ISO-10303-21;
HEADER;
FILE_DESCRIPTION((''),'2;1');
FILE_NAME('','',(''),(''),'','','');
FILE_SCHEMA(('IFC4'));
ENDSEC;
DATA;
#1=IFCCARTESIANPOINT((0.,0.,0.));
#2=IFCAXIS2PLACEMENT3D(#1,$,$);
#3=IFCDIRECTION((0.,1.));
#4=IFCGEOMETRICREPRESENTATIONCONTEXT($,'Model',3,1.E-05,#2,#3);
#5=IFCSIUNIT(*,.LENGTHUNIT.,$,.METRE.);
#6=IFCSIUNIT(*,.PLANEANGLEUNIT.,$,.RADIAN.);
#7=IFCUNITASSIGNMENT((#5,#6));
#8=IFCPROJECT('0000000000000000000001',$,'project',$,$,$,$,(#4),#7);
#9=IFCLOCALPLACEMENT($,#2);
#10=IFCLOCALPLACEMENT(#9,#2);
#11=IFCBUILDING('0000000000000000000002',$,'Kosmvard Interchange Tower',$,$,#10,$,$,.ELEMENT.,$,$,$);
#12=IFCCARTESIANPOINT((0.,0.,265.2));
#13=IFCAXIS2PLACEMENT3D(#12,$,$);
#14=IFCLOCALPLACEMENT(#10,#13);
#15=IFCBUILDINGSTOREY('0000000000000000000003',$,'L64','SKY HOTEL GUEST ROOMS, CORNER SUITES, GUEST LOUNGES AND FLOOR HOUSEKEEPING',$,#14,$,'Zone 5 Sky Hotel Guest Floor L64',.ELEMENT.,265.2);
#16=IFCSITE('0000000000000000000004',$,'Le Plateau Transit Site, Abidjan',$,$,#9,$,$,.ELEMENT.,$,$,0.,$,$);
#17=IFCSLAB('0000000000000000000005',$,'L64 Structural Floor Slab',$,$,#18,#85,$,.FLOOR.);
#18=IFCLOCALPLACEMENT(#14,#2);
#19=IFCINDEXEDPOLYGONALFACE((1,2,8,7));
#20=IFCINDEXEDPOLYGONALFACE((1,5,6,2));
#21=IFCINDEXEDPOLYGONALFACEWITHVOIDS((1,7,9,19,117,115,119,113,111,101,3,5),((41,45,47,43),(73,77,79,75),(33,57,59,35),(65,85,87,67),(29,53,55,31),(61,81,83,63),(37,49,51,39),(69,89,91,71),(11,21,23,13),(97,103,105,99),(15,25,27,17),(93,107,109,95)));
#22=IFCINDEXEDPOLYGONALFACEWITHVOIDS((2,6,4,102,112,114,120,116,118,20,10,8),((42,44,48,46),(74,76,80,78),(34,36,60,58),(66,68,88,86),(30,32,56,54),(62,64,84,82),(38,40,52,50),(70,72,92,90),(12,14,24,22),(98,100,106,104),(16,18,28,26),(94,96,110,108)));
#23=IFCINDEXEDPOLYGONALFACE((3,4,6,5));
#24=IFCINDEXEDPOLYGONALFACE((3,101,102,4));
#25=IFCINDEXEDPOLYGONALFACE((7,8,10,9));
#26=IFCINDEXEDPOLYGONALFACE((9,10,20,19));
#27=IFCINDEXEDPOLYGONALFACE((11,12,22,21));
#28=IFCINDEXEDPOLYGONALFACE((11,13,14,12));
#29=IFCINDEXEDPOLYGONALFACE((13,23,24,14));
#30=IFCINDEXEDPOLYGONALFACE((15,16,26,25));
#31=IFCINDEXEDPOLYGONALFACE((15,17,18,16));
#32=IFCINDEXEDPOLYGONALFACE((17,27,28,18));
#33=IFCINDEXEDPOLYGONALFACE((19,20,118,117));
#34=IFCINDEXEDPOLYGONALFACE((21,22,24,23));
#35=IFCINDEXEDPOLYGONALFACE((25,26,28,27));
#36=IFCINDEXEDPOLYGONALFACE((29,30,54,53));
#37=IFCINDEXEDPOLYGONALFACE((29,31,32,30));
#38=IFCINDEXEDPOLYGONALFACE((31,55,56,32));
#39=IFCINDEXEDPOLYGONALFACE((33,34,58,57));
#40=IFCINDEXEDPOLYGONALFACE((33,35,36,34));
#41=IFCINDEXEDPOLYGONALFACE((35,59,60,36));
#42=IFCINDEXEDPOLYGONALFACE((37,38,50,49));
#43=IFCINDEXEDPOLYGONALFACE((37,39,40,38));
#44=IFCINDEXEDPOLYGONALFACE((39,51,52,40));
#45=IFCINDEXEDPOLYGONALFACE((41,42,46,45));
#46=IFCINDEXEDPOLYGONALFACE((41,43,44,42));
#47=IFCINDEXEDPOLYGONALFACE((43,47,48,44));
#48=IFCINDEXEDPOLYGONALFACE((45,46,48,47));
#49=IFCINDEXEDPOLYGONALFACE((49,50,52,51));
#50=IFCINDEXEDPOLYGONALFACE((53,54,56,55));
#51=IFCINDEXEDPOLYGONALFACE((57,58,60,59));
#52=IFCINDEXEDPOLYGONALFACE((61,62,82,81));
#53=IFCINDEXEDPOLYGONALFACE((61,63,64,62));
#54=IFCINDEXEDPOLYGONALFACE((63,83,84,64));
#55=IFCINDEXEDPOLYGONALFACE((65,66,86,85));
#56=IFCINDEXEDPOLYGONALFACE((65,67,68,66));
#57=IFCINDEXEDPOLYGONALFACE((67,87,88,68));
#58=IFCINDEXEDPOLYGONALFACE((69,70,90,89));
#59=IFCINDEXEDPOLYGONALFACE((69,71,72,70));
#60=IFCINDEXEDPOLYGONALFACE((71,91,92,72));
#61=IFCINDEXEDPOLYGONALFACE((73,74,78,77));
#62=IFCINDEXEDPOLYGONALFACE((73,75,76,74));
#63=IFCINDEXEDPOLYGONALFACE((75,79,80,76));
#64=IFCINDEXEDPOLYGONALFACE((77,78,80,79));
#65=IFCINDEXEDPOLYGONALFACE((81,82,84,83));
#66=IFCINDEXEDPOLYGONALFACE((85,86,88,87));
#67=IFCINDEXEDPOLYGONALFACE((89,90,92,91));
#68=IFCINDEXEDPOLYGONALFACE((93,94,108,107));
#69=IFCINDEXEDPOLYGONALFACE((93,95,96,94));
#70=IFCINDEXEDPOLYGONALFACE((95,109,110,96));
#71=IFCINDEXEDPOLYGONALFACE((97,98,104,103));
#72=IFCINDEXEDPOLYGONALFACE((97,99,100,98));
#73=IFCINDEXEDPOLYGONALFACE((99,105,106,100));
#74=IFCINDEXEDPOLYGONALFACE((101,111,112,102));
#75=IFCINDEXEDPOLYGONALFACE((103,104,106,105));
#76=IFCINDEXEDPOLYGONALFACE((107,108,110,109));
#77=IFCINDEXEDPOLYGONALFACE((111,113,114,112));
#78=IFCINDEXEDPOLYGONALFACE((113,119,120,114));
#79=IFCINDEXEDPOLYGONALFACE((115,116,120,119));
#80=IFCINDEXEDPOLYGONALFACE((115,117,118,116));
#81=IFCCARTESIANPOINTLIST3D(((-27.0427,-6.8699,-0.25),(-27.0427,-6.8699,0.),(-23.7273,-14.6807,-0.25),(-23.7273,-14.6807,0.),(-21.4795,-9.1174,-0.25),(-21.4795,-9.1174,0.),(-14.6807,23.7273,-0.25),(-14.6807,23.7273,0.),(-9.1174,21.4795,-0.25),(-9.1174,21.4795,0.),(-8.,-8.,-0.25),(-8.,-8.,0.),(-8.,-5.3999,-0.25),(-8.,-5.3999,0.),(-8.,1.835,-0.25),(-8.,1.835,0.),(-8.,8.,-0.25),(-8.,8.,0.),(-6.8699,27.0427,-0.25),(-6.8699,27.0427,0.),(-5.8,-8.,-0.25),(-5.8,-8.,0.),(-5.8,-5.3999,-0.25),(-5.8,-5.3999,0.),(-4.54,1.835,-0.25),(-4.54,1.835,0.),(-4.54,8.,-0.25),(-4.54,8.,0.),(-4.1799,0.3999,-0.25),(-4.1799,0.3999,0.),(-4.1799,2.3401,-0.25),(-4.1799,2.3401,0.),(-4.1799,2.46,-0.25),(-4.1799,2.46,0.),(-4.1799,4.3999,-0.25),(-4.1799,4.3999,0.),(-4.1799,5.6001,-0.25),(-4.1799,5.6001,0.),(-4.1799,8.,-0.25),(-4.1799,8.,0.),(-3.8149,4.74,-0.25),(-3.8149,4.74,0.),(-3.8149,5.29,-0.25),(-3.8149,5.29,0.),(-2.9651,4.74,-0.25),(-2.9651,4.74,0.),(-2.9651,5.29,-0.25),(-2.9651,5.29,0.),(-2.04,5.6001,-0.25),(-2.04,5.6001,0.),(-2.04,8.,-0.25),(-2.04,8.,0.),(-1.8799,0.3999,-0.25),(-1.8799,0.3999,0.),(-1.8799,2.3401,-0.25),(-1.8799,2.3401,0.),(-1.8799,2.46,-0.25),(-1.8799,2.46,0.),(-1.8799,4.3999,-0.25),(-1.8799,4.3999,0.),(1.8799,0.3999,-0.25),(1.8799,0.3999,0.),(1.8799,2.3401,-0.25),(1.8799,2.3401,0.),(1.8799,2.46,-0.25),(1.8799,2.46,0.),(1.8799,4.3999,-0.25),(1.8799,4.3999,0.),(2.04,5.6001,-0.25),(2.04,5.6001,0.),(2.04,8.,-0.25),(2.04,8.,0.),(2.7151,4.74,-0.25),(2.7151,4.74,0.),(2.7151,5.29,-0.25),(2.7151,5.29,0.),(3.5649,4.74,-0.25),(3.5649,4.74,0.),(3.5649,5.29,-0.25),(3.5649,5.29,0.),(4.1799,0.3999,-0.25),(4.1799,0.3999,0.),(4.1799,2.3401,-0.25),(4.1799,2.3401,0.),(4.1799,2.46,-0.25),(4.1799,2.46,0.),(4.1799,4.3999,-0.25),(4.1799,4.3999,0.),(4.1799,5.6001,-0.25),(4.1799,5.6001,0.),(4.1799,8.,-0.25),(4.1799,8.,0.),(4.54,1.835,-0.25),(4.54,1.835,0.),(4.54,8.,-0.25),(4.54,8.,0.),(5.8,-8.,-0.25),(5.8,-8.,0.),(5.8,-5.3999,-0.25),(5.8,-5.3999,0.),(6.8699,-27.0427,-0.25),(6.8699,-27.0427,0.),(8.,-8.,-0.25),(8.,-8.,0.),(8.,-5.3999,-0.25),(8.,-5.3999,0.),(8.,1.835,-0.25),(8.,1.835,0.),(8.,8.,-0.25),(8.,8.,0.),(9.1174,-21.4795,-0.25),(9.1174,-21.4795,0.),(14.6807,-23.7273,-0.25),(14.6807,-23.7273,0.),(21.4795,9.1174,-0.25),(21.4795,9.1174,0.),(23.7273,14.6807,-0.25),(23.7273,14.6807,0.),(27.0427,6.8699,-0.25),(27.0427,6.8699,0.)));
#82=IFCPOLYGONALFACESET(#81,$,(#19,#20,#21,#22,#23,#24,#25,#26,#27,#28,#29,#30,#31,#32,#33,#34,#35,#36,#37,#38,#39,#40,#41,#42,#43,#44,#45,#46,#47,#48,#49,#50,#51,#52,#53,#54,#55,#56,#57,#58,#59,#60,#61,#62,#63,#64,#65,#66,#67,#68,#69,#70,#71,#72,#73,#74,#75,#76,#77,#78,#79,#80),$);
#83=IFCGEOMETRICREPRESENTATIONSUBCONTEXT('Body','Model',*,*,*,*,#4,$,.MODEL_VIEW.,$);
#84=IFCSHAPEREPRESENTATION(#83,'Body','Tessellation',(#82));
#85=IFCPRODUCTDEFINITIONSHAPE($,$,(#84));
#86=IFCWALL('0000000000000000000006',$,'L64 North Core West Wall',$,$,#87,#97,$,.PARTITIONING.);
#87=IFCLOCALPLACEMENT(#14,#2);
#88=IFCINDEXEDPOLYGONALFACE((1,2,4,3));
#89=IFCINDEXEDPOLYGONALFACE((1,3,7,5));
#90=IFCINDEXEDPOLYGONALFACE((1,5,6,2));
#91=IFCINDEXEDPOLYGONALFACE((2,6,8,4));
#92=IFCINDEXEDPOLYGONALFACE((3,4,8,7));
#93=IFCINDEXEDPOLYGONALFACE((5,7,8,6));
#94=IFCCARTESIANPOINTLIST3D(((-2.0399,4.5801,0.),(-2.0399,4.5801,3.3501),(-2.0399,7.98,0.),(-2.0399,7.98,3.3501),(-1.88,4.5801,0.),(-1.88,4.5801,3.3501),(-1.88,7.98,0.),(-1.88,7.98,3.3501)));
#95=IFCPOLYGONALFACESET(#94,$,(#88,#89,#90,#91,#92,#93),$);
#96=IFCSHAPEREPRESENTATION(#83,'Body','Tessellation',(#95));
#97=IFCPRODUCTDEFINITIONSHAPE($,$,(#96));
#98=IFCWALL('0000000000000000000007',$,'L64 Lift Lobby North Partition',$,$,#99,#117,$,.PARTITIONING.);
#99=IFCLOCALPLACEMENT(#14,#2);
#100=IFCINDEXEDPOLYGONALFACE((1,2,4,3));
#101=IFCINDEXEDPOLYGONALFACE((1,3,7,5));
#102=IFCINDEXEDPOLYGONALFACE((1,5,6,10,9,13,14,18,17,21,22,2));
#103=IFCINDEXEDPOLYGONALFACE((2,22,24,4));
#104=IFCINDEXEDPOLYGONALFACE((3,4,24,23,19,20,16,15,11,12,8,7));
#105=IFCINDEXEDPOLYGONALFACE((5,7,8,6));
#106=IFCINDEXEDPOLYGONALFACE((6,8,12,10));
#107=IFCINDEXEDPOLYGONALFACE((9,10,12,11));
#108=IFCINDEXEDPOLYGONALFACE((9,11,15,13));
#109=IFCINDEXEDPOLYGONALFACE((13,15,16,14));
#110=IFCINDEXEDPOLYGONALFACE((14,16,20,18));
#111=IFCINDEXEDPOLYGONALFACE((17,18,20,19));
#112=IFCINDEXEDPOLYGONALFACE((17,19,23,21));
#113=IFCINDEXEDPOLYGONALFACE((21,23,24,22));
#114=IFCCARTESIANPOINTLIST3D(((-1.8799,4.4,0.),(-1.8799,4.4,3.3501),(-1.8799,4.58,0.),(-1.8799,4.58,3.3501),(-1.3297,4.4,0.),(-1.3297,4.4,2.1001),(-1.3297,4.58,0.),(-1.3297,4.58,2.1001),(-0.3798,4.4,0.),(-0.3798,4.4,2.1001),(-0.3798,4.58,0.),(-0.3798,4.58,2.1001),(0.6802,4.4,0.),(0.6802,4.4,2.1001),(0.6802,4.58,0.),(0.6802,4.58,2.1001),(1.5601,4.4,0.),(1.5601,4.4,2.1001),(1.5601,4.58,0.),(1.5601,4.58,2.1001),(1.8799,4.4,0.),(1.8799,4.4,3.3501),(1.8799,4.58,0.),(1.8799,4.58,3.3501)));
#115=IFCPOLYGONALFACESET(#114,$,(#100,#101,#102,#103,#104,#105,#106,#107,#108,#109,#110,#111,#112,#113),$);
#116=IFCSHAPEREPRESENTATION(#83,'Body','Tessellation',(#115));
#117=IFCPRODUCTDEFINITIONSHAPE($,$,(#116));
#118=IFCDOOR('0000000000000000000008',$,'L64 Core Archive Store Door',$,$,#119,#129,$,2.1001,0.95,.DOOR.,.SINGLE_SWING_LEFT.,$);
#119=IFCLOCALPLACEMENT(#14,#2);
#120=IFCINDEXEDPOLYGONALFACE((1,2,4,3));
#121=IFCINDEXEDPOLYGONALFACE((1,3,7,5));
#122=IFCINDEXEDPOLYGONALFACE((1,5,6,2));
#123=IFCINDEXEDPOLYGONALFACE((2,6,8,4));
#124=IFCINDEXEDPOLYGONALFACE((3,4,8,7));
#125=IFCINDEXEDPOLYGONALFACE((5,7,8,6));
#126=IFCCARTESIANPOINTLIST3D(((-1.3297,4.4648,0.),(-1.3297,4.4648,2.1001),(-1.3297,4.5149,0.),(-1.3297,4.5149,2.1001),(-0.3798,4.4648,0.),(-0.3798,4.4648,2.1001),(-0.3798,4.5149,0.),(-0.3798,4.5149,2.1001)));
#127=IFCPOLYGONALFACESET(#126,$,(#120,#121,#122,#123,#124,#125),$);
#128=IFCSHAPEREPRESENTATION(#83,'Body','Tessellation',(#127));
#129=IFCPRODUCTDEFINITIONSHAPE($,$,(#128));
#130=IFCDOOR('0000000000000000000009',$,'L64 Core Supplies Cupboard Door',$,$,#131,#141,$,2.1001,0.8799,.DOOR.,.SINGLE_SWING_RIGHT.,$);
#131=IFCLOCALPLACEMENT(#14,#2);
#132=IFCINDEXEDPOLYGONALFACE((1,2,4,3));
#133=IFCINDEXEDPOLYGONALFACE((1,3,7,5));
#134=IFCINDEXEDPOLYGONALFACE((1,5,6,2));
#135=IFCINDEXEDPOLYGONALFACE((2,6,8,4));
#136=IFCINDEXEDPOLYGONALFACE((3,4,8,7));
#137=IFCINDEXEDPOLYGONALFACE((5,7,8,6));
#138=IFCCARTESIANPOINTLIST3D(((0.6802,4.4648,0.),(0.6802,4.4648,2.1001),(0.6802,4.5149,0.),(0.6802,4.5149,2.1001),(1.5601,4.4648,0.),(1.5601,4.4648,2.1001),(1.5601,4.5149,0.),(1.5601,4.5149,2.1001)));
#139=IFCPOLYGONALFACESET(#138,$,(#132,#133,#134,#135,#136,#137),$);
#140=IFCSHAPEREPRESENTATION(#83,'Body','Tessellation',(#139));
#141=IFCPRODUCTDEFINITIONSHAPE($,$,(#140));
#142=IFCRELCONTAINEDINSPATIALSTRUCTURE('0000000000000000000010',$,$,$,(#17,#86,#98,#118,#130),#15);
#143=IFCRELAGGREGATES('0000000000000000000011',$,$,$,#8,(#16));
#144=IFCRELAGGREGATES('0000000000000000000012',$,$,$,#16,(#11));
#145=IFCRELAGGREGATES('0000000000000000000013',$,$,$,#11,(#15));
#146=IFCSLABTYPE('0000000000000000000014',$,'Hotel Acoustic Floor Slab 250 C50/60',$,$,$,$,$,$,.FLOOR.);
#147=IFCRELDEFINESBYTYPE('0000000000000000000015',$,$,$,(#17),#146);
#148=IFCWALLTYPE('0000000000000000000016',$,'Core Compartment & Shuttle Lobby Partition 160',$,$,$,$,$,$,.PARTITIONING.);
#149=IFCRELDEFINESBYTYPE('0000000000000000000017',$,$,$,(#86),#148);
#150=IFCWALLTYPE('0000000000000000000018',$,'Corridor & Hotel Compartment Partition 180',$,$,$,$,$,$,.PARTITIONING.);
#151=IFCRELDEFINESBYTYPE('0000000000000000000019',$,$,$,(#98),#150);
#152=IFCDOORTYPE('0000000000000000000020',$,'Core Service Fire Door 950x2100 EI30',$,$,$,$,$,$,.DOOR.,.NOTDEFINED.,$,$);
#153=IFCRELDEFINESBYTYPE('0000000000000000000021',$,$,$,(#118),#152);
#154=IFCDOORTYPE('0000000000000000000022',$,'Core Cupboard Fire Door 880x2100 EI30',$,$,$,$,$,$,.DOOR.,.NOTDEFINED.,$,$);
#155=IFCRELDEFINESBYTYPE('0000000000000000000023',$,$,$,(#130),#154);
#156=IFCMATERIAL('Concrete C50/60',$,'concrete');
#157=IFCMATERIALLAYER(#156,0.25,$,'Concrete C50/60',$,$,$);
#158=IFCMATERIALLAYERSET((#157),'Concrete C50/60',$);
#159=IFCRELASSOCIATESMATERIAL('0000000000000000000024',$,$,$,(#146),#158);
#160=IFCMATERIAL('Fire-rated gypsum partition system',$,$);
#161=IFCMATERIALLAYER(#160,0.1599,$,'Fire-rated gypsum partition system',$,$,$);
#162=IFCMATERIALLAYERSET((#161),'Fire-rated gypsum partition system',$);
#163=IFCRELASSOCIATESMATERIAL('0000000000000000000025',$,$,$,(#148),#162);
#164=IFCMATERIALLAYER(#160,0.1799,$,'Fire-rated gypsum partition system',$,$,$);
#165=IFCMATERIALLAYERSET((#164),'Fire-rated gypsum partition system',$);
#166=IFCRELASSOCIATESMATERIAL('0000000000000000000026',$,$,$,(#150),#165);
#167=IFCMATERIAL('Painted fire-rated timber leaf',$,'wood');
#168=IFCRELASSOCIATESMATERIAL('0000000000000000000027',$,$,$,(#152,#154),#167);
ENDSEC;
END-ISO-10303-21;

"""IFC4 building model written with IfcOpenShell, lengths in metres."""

from ifc_helpers import new_model, si_unit, direction, frame, frame_2d, origin, place, context, subcontext, project, spatial, polyline, rectangle, outline, extrude, source, transform, mapped, material, layer, layer_set, type_object, element, fill, save


model = new_model("IFC4")

# Units and contexts
model_context = context("Model", 3, precision=1e-05, world=origin(), true_north=direction((0.0, 1.0)))
body_context = subcontext(model_context, "Body", "Model", "MODEL_VIEW")
ifc_project = project(units=[si_unit("LENGTHUNIT", "METRE"), si_unit("PLANEANGLEUNIT", "RADIAN")], contexts=[model_context])

# Site, building, storey
site_placement = place(None, origin())
site = spatial("IfcSite", under=ifc_project, at=site_placement, Name="Le Plateau Transit Site, Abidjan", CompositionType="ELEMENT", RefElevation=0.0)
building_placement = place(site_placement, origin())
building = spatial("IfcBuilding", under=site, at=building_placement, Name="Kosmvard Interchange Tower", CompositionType="ELEMENT")
storey_placement = place(building_placement, frame((0.0, 0.0, 265.2)))
storey = spatial("IfcBuildingStorey", under=building, at=storey_placement, Name="L64", Description="SKY HOTEL GUEST ROOMS, CORNER SUITES, GUEST LOUNGES AND FLOOR HOUSEKEEPING", LongName="Zone 5 Sky Hotel Guest Floor L64", CompositionType="ELEMENT", Elevation=265.2)

# Shared definitions
ifc_material_1 = material(Name="Concrete C50/60", Category="concrete")

# Slab
ifc_layer_1 = layer(ifc_material_1, 0.25, Name="Concrete C50/60")
ifc_layer_set_1 = layer_set([ifc_layer_1], Name="Concrete C50/60")
slab_type = type_object("IfcSlabType", Name="Hotel Acoustic Floor Slab 250 C50/60", PredefinedType="FLOOR", material=ifc_layer_set_1)
slab_placement = place(storey_placement, frame((0.0, 0.0, -0.25)))
element("IfcSlab", 1, at=slab_placement, inside=storey, type_object=slab_type, Name="L64 Structural Floor Slab", PredefinedType="FLOOR", context=body_context, shape_type="SweptSolid", body=[
    extrude(outline(polyline([(14.6807, -23.7273), (27.0427, 6.8699), (21.4795, 9.1174), (23.7273, 14.6807), (-6.8699, 27.0427), (-9.1174, 21.4795), (-14.6807, 23.7273), (-27.0427, -6.8699), (-21.4795, -9.1174), (-23.7273, -14.6807), (6.8699, -27.0427), (9.1174, -21.4795), (14.6807, -23.7273)]), holes=[polyline([(-8.0, 1.835), (-4.54, 1.835), (-4.54, 8.0), (-8.0, 8.0), (-8.0, 1.835)]), polyline([(4.54, 1.835), (8.0, 1.835), (8.0, 8.0), (4.54, 8.0), (4.54, 1.835)]), polyline([(-8.0, -8.0), (-5.8, -8.0), (-5.8, -5.3999), (-8.0, -5.3999), (-8.0, -8.0)]), polyline([(5.8, -8.0), (8.0, -8.0), (8.0, -5.3999), (5.8, -5.3999), (5.8, -8.0)]), polyline([(-4.1799, 0.3999), (-1.8799, 0.3999), (-1.8799, 2.3401), (-4.1799, 2.3401), (-4.1799, 0.3999)]), polyline([(-4.1799, 2.46), (-1.8799, 2.46), (-1.8799, 4.3999), (-4.1799, 4.3999), (-4.1799, 2.46)]), polyline([(1.8799, 0.3999), (4.1799, 0.3999), (4.1799, 2.3401), (1.8799, 2.3401), (1.8799, 0.3999)]), polyline([(1.8799, 2.46), (4.1799, 2.46), (4.1799, 4.3999), (1.8799, 4.3999), (1.8799, 2.46)]), polyline([(-4.1799, 5.6001), (-2.04, 5.6001), (-2.04, 8.0), (-4.1799, 8.0), (-4.1799, 5.6001)]), polyline([(2.04, 5.6001), (4.1799, 5.6001), (4.1799, 8.0), (2.04, 8.0), (2.04, 5.6001)]), polyline([(-3.8149, 4.74), (-2.9651, 4.74), (-2.9651, 5.29), (-3.8149, 5.29), (-3.8149, 4.74)]), polyline([(2.7151, 4.74), (3.5649, 4.74), (3.5649, 5.29), (2.7151, 5.29), (2.7151, 4.74)])]), origin(), (0.0, 0.0, 1.0), 0.25),
])

# Wall
ifc_material_2 = material(Name="Fire-rated gypsum partition system")
ifc_layer_2 = layer(ifc_material_2, 0.1599, Name="Fire-rated gypsum partition system")
ifc_layer_set_2 = layer_set([ifc_layer_2], Name="Fire-rated gypsum partition system")
wall_type_1 = type_object("IfcWallType", Name="Core Compartment & Shuttle Lobby Partition 160", PredefinedType="PARTITIONING", material=ifc_layer_set_2)
wall_1_placement = place(storey_placement, frame((-1.96, 4.5801, 0.0), z_axis=(0.0, 0.0, 1.0), x_axis=(0.0, 1.0, 0.0)))
element("IfcWall", 2, at=wall_1_placement, inside=storey, type_object=wall_type_1, Name="L64 North Core West Wall", PredefinedType="PARTITIONING", context=body_context, shape_type="SweptSolid", body=[
    extrude(rectangle(XDim=3.3999, YDim=0.1599, at=frame_2d((1.7, 0.0))), origin(), (0.0, 0.0, 1.0), 3.3501),
])

# Wall, openings, doors
ifc_layer_3 = layer(ifc_material_2, 0.1799, Name="Fire-rated gypsum partition system")
ifc_layer_set_3 = layer_set([ifc_layer_3], Name="Fire-rated gypsum partition system")
wall_type_2 = type_object("IfcWallType", Name="Corridor & Hotel Compartment Partition 180", PredefinedType="PARTITIONING", material=ifc_layer_set_3)
wall_2_placement = place(storey_placement, frame((-1.8799, 4.49, 0.0), z_axis=(0.0, 0.0, 1.0), x_axis=(1.0, 0.0, 0.0)))
wall_2 = element("IfcWall", 3, at=wall_2_placement, inside=storey, type_object=wall_type_2, Name="L64 Lift Lobby North Partition", PredefinedType="PARTITIONING", context=body_context, shape_type="SweptSolid", body=[
    extrude(rectangle(XDim=3.7598, YDim=0.1799, at=frame_2d((1.8799, 0.0))), origin(), (0.0, 0.0, 1.0), 3.3501),
])
opening_1_placement = place(wall_2_placement, frame((0.55, 0.0, 0.0)))
opening_1 = element("IfcOpeningElement", 4, at=opening_1_placement, cuts=wall_2, PredefinedType="OPENING", context=body_context, shape_type="SweptSolid", body=[
    extrude(rectangle(XDim=0.95, YDim=2.1001, at=frame_2d((0.4751, 1.05))), frame((0.0, 0.1001, 0.0), z_axis=(0.0, -1.0, 0.0), x_axis=(1.0, 0.0, 0.0)), (0.0, 0.0, 1.0), 0.2),
])
opening_2_placement = place(wall_2_placement, frame((2.5601, 0.0, 0.0)))
opening_2 = element("IfcOpeningElement", 5, at=opening_2_placement, cuts=wall_2, PredefinedType="OPENING", context=body_context, shape_type="SweptSolid", body=[
    extrude(rectangle(XDim=0.8799, YDim=2.1001, at=frame_2d((0.4399, 1.05))), frame((0.0, 0.1001, 0.0), z_axis=(0.0, -1.0, 0.0), x_axis=(1.0, 0.0, 0.0)), (0.0, 0.0, 1.0), 0.2),
])
ifc_material_3 = material(Name="Painted fire-rated timber leaf", Category="wood")
door_type_1 = type_object("IfcDoorType", Name="Core Service Fire Door 950x2100 EI30", OperationType="NOTDEFINED", PredefinedType="DOOR", material=ifc_material_3)
shared_shape_1 = source(origin(), body_context, "Body", "SweptSolid", [
    extrude(rectangle(XDim=0.95, YDim=2.1001, at=frame_2d((0.4751, 1.05))), frame((0.0, 0.0249, 0.0), z_axis=(0.0, -1.0, 0.0), x_axis=(1.0, 0.0, 0.0)), (0.0, 0.0, 1.0), 0.05),
])
door_1_placement = place(opening_1_placement, origin())
door_1 = element("IfcDoor", 6, at=door_1_placement, inside=storey, type_object=door_type_1, Name="L64 Core Archive Store Door", OperationType="SINGLE_SWING_LEFT", OverallHeight=2.1001, OverallWidth=0.95, PredefinedType="DOOR", context=body_context, shape_type="MappedRepresentation", body=[
    mapped(shared_shape_1, transform((0.0, 0.0, 0.0), scale=1.0)),
])
fill(opening_1, door_1)
door_type_2 = type_object("IfcDoorType", Name="Core Cupboard Fire Door 880x2100 EI30", OperationType="NOTDEFINED", PredefinedType="DOOR", material=ifc_material_3)
shared_shape_2 = source(origin(), body_context, "Body", "SweptSolid", [
    extrude(rectangle(XDim=0.8799, YDim=2.1001, at=frame_2d((0.4399, 1.05))), frame((0.0, 0.0249, 0.0), z_axis=(0.0, -1.0, 0.0), x_axis=(1.0, 0.0, 0.0)), (0.0, 0.0, 1.0), 0.05),
])
door_2_placement = place(opening_2_placement, origin())
door_2 = element("IfcDoor", 7, at=door_2_placement, inside=storey, type_object=door_type_2, Name="L64 Core Supplies Cupboard Door", OperationType="SINGLE_SWING_RIGHT", OverallHeight=2.1001, OverallWidth=0.8799, PredefinedType="DOOR", context=body_context, shape_type="MappedRepresentation", body=[
    mapped(shared_shape_2, transform((0.0, 0.0, 0.0), scale=1.0)),
])
fill(opening_2, door_2)

save(model, "model.ifc")
